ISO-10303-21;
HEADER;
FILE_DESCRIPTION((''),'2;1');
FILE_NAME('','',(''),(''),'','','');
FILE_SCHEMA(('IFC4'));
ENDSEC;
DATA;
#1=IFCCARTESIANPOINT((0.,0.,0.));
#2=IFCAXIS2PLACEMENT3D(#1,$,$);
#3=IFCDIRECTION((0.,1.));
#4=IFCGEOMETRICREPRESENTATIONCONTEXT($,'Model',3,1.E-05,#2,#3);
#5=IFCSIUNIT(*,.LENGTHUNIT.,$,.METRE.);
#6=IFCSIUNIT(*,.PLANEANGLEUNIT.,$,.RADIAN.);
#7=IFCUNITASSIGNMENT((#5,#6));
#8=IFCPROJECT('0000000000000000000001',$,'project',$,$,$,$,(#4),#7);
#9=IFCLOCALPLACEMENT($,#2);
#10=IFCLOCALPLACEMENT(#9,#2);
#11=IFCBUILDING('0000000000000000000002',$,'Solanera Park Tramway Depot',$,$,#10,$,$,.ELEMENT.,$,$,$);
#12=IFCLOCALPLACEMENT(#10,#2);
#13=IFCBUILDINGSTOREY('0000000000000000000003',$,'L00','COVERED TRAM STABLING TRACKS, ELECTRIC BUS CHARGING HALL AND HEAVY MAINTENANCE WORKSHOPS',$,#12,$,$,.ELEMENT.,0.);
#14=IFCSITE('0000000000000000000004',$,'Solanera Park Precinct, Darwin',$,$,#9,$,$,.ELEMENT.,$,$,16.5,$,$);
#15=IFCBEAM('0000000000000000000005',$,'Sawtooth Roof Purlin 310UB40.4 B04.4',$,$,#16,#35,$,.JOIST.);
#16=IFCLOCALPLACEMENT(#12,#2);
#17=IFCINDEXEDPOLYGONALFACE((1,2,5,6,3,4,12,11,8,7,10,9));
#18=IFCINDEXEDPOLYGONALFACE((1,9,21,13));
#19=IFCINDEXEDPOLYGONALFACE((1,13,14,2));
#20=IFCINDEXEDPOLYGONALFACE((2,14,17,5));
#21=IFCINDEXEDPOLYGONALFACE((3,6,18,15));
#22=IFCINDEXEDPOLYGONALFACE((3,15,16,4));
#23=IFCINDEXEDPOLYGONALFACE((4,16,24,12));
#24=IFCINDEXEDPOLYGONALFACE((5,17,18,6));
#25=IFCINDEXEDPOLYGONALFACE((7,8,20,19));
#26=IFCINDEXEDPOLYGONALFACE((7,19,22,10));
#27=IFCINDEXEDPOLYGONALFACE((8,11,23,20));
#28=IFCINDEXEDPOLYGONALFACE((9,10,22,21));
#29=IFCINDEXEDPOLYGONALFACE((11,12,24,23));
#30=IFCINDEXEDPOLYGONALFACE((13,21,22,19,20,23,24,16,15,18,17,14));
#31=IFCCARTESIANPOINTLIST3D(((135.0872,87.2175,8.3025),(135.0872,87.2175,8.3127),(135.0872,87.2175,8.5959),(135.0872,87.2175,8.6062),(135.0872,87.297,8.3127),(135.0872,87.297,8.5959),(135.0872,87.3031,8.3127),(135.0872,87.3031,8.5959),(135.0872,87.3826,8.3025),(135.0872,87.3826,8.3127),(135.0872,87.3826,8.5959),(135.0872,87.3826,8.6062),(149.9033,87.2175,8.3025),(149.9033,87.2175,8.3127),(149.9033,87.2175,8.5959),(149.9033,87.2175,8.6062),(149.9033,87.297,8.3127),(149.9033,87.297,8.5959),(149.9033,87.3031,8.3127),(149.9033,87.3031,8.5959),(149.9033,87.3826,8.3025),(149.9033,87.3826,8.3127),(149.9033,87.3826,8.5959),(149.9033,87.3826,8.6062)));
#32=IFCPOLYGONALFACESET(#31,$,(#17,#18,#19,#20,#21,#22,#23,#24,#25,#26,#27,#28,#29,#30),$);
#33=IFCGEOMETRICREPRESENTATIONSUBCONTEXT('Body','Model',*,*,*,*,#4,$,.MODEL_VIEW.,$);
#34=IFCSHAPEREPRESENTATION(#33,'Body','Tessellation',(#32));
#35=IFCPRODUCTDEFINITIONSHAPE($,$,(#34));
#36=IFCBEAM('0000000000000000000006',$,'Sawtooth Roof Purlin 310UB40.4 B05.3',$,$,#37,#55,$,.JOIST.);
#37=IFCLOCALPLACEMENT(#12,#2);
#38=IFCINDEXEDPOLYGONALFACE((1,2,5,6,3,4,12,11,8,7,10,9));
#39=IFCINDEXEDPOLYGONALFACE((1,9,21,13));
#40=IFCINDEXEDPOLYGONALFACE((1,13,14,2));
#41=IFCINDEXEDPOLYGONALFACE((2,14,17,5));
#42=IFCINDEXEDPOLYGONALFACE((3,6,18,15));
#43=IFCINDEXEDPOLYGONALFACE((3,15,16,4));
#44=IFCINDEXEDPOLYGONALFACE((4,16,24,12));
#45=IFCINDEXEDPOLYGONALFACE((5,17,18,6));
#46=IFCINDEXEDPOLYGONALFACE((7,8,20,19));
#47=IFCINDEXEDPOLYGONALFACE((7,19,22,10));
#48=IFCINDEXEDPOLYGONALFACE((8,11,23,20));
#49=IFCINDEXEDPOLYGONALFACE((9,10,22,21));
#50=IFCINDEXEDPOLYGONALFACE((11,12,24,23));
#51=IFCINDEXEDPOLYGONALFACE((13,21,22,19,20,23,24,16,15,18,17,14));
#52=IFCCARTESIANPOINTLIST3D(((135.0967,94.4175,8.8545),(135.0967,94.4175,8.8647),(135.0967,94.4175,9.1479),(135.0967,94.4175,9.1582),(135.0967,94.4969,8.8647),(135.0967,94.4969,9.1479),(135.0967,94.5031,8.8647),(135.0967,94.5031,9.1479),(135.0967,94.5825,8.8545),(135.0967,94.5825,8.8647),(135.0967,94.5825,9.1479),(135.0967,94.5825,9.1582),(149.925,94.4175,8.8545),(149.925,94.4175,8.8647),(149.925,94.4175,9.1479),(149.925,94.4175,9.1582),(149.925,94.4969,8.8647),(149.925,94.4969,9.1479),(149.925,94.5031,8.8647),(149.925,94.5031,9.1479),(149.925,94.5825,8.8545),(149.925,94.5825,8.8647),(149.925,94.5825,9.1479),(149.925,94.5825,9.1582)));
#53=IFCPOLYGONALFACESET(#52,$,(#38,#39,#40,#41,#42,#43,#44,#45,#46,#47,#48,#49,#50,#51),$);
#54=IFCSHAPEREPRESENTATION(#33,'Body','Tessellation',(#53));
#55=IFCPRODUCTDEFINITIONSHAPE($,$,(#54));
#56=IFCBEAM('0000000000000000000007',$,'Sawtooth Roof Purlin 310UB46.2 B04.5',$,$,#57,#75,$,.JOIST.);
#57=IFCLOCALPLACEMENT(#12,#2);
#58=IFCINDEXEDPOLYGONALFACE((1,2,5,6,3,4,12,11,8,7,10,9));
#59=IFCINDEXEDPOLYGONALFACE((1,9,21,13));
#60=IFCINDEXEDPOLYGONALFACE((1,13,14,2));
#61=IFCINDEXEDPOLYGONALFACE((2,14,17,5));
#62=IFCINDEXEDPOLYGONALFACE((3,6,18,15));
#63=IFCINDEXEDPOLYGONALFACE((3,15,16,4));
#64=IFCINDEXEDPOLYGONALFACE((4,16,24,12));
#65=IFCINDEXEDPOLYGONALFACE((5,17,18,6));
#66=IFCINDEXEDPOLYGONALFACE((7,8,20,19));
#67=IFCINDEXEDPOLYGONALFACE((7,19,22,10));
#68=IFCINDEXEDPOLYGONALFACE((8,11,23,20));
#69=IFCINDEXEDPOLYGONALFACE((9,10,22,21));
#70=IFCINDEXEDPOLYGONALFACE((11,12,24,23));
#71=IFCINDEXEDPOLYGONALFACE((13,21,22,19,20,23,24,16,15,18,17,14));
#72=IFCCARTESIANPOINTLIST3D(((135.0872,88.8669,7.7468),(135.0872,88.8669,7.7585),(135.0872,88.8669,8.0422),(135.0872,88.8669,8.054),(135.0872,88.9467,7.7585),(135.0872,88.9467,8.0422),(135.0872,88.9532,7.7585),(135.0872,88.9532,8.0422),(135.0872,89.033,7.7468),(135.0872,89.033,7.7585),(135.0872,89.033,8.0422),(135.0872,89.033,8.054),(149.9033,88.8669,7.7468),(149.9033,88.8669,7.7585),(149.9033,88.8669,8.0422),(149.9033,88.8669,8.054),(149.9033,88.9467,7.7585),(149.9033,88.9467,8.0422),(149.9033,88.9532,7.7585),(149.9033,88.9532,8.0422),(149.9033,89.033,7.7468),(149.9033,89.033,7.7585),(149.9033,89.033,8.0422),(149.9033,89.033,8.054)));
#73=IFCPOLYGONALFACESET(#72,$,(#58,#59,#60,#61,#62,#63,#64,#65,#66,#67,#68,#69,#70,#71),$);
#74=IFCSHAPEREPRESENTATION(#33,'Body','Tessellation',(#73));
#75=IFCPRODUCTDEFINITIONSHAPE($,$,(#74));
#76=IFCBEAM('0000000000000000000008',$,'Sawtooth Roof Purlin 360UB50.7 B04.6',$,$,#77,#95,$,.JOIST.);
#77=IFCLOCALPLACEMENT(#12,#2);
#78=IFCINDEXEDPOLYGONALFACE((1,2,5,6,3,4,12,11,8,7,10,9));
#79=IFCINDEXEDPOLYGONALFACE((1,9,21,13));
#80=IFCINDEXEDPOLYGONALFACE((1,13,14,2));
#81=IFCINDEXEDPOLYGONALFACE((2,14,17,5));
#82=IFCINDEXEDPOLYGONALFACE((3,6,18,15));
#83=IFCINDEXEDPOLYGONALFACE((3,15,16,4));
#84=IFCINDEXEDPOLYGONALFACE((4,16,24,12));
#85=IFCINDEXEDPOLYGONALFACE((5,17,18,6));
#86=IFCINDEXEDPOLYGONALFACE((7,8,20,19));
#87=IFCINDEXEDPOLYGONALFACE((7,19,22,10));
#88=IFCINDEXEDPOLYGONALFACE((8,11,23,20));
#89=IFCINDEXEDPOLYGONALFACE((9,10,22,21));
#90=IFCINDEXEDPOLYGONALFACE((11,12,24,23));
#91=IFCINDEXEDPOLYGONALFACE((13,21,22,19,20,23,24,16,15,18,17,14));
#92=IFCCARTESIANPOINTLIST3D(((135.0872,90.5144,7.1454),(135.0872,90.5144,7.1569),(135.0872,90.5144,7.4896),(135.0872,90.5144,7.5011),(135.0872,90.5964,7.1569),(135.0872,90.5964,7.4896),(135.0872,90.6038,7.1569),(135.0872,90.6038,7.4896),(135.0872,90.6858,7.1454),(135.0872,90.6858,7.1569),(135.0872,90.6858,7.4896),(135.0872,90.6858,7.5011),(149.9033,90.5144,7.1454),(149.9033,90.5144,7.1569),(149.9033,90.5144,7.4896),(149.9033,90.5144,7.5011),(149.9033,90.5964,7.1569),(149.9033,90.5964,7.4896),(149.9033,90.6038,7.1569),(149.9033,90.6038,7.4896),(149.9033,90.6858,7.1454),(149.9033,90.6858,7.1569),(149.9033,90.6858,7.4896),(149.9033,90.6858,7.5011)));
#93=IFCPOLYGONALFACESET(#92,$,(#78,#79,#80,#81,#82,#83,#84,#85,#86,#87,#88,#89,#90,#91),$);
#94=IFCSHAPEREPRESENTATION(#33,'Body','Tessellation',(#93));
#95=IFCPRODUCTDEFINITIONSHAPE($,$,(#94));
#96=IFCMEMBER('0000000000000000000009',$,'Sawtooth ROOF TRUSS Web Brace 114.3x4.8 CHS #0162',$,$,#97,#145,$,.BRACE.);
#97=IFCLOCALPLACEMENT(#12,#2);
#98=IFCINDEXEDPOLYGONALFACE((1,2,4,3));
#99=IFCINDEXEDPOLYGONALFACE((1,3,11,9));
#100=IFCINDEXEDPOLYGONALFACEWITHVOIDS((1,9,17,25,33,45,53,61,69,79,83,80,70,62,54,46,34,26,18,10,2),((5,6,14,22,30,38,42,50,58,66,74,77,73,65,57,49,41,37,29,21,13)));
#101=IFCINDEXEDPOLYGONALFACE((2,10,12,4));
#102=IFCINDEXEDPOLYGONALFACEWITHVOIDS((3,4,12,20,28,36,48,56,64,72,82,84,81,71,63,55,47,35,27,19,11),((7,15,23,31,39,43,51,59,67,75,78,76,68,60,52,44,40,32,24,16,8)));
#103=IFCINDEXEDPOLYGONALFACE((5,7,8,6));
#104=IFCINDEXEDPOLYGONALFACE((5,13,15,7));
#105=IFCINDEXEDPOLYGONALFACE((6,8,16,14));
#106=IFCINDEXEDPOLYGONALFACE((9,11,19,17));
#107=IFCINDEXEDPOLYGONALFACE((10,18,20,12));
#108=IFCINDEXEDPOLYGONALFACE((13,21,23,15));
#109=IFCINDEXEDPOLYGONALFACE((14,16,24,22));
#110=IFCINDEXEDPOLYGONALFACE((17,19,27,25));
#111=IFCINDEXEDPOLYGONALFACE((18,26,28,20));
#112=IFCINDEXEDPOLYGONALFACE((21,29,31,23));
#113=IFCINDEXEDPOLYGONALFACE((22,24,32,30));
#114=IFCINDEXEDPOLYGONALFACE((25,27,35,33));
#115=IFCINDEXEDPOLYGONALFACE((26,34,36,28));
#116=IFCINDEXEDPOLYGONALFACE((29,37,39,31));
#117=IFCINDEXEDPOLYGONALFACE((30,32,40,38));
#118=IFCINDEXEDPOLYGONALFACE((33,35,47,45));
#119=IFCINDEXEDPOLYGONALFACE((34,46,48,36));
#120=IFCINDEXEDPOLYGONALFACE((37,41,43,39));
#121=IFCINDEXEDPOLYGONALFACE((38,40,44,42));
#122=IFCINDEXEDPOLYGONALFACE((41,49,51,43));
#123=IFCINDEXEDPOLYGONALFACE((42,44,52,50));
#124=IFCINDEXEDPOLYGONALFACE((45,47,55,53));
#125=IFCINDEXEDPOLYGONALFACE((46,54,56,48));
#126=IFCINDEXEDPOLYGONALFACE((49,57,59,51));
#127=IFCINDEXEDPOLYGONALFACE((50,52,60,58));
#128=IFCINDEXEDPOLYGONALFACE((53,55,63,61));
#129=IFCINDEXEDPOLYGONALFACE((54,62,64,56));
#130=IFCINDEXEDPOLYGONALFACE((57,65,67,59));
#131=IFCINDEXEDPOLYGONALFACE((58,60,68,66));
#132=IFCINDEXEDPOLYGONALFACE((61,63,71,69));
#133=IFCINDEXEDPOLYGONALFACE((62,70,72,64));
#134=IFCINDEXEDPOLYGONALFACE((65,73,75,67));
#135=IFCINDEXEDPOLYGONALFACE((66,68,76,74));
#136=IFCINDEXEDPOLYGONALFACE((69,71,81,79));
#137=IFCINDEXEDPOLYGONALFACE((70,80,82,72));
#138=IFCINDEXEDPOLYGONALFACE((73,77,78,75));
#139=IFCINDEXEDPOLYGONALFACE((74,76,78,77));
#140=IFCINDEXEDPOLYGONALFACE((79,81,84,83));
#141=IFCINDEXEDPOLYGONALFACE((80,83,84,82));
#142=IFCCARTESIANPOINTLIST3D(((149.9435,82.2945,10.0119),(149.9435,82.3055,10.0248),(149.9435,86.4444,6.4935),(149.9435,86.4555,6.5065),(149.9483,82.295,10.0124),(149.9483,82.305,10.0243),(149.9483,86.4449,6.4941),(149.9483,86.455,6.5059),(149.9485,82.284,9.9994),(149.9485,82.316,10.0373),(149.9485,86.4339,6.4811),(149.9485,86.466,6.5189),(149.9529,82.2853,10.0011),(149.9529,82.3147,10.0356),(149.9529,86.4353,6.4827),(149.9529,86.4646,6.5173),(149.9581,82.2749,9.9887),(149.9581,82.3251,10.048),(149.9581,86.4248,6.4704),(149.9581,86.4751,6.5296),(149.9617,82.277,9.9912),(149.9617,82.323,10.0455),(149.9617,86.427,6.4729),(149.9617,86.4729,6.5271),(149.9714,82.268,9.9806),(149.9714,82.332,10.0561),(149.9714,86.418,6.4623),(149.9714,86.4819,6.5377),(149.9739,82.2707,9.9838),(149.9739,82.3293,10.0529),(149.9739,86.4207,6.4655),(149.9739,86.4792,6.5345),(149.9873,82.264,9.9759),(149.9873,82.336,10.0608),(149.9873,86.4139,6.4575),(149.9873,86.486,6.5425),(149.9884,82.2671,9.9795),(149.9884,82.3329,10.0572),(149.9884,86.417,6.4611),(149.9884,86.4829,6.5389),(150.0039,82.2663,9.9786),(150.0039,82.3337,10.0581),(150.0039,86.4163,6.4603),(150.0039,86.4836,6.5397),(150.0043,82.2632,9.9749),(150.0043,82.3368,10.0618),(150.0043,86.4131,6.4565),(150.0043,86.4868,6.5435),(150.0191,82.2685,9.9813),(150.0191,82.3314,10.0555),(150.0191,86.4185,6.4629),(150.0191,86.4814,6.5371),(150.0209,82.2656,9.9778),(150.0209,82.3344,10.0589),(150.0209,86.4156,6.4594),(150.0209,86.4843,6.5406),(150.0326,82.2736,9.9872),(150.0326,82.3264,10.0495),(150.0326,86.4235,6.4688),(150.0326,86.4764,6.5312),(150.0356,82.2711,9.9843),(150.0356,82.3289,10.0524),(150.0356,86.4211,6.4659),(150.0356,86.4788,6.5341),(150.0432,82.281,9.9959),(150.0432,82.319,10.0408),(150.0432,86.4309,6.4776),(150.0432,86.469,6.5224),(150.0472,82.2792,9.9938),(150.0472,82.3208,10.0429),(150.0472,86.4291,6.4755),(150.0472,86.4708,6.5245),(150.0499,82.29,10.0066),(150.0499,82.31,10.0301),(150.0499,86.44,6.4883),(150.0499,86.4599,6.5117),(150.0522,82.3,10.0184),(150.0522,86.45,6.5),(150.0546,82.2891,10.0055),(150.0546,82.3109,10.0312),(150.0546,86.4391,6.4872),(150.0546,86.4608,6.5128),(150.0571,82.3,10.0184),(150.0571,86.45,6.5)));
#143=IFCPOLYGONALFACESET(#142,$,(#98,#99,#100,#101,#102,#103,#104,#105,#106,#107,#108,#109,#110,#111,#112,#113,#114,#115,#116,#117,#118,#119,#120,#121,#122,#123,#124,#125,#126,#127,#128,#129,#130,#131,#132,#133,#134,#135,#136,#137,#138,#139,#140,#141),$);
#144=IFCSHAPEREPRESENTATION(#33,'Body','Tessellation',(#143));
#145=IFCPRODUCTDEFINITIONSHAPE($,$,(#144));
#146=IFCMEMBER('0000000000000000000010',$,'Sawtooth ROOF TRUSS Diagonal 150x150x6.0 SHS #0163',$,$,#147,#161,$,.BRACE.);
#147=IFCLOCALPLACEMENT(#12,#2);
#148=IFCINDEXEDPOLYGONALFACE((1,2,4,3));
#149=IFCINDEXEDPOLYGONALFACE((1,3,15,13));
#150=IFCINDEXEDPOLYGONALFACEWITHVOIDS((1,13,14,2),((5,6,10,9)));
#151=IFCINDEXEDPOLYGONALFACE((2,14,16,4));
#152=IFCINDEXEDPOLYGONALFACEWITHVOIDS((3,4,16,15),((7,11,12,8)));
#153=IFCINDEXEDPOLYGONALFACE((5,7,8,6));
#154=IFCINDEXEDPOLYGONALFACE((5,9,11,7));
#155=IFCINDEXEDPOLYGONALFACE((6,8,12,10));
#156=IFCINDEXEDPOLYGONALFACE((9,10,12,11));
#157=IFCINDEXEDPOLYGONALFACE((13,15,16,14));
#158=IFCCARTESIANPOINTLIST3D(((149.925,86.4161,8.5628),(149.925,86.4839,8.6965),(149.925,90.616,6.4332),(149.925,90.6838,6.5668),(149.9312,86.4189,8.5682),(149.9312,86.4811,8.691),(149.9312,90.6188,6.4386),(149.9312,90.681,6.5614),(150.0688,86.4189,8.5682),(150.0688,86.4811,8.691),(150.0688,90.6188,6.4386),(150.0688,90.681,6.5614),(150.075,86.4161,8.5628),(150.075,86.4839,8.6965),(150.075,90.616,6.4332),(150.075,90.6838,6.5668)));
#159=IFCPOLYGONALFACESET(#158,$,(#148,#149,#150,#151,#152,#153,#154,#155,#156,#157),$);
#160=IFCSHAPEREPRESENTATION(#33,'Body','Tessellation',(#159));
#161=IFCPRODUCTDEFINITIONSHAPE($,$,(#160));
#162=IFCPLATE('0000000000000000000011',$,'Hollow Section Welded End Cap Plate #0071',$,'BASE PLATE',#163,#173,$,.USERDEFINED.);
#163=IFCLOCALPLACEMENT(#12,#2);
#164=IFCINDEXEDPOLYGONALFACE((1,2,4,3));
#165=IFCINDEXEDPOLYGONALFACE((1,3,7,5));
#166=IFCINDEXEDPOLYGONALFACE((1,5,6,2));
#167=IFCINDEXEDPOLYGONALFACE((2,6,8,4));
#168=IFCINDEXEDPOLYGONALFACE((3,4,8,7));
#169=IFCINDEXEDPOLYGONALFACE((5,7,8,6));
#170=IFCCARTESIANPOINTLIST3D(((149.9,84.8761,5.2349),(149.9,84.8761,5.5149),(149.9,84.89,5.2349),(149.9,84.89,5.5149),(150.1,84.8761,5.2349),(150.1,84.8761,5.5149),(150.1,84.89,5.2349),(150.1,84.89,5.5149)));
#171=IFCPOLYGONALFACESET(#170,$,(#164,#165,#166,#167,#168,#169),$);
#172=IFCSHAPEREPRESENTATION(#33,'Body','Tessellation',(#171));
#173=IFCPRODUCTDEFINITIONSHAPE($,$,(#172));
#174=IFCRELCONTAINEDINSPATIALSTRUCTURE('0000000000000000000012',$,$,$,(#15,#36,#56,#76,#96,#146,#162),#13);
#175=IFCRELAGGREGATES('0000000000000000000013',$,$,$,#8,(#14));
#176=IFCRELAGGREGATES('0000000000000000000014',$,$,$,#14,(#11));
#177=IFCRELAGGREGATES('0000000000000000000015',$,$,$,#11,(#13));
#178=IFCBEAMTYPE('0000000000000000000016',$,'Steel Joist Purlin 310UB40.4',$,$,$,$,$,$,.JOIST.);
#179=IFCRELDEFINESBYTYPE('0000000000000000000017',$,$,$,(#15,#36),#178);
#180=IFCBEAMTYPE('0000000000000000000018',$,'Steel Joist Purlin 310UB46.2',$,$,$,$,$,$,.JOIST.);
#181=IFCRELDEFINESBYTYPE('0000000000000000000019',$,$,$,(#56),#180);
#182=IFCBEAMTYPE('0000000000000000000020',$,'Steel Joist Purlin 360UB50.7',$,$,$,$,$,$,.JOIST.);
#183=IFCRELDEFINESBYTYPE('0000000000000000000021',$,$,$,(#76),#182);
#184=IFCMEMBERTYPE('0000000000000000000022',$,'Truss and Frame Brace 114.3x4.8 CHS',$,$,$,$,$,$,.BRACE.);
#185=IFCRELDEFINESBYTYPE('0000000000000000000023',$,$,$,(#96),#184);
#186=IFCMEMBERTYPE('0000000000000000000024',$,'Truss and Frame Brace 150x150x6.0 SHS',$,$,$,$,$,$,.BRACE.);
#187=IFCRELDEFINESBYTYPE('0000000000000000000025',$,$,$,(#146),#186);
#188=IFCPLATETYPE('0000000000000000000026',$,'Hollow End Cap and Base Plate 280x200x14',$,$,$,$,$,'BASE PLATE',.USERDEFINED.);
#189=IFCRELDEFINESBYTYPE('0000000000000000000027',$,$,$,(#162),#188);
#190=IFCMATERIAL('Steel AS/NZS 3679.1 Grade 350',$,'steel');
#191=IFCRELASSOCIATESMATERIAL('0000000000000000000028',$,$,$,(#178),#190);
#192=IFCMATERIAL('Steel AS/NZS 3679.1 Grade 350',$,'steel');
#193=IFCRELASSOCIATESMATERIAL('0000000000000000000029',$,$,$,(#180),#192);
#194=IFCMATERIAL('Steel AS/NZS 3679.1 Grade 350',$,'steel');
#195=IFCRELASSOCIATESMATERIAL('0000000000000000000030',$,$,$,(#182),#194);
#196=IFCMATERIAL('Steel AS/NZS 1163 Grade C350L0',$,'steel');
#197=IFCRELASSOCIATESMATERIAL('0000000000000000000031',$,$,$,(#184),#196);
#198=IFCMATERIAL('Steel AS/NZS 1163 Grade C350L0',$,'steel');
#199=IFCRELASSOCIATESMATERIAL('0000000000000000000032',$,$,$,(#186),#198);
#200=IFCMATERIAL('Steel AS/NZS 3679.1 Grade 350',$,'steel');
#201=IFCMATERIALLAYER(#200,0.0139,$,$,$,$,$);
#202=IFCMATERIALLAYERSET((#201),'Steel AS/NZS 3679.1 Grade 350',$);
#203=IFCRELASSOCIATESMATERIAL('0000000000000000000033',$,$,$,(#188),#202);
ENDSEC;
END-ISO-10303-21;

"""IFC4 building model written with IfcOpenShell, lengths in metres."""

from ifc_helpers import new_model, si_unit, direction, frame, origin, origin_2d, place, context, subcontext, project, spatial, rectangle, hollow_rectangle, hollow_circle, i_section, extrude, material, layer, layer_set, material_profile, profile_set, type_object, element, save


model = new_model("IFC4")

# Units and contexts
model_context = context("Model", 3, precision=1e-05, world=origin(), true_north=direction((0.0, 1.0)))
body_context = subcontext(model_context, "Body", "Model", "MODEL_VIEW")
ifc_project = project(units=[si_unit("LENGTHUNIT", "METRE"), si_unit("PLANEANGLEUNIT", "RADIAN")], contexts=[model_context])

# Site, building, storey
site_placement = place(None, origin())
site = spatial("IfcSite", under=ifc_project, at=site_placement, Name="Solanera Park Precinct, Darwin", CompositionType="ELEMENT", RefElevation=16.5)
building_placement = place(site_placement, origin())
building = spatial("IfcBuilding", under=site, at=building_placement, Name="Solanera Park Tramway Depot", CompositionType="ELEMENT")
storey_placement = place(building_placement, origin())
storey = spatial("IfcBuildingStorey", under=building, at=storey_placement, Name="L00", Description="COVERED TRAM STABLING TRACKS, ELECTRIC BUS CHARGING HALL AND HEAVY MAINTENANCE WORKSHOPS", CompositionType="ELEMENT", Elevation=0.0)

# Beams
ifc_material_1 = material(Name="Steel AS/NZS 3679.1 Grade 350", Category="steel")
ifc_material_profile_1 = material_profile(ifc_material_1, i_section(OverallWidth=0.165, OverallDepth=0.3037, WebThickness=0.0061, FlangeThickness=0.0103, at=origin_2d()), Name="310UB40.4")
ifc_profile_set_1 = profile_set([ifc_material_profile_1], Name="Steel AS/NZS 3679.1 Grade 350")
beam_type_1 = type_object("IfcBeamType", Name="Steel Joist Purlin 310UB40.4", PredefinedType="JOIST", material=ifc_profile_set_1)
beam_1_placement = place(storey_placement, frame((135.0872, 87.3, 8.4543), z_axis=(1.0, 0.0, 0.0), x_axis=(0.0, 1.0, 0.0)))
element("IfcBeam", 1, at=beam_1_placement, inside=storey, type_object=beam_type_1, Name="Sawtooth Roof Purlin 310UB40.4 B04.4", PredefinedType="JOIST", context=body_context, shape_type="SweptSolid", body=[
    extrude(i_section(OverallWidth=0.165, OverallDepth=0.3037, WebThickness=0.0061, FlangeThickness=0.0103, at=origin_2d()), origin(), (0.0, 0.0, 1.0), 14.8162),
])
beam_2_placement = place(storey_placement, frame((135.0967, 94.5, 9.0063), z_axis=(1.0, 0.0, 0.0), x_axis=(0.0, 1.0, 0.0)))
element("IfcBeam", 2, at=beam_2_placement, inside=storey, type_object=beam_type_1, Name="Sawtooth Roof Purlin 310UB40.4 B05.3", PredefinedType="JOIST", context=body_context, shape_type="SweptSolid", body=[
    extrude(i_section(OverallWidth=0.165, OverallDepth=0.3037, WebThickness=0.0061, FlangeThickness=0.0103, at=origin_2d()), origin(), (0.0, 0.0, 1.0), 14.8284),
])
ifc_material_2 = material(Name="Steel AS/NZS 3679.1 Grade 350", Category="steel")
ifc_material_profile_2 = material_profile(ifc_material_2, i_section(OverallWidth=0.166, OverallDepth=0.3071, WebThickness=0.0066, FlangeThickness=0.0117, at=origin_2d()), Name="310UB46.2")
ifc_profile_set_2 = profile_set([ifc_material_profile_2], Name="Steel AS/NZS 3679.1 Grade 350")
beam_type_2 = type_object("IfcBeamType", Name="Steel Joist Purlin 310UB46.2", PredefinedType="JOIST", material=ifc_profile_set_2)
beam_3_placement = place(storey_placement, frame((135.0872, 88.95, 7.9004), z_axis=(1.0, 0.0, 0.0), x_axis=(0.0, 1.0, 0.0)))
element("IfcBeam", 3, at=beam_3_placement, inside=storey, type_object=beam_type_2, Name="Sawtooth Roof Purlin 310UB46.2 B04.5", PredefinedType="JOIST", context=body_context, shape_type="SweptSolid", body=[
    extrude(i_section(OverallWidth=0.166, OverallDepth=0.3071, WebThickness=0.0066, FlangeThickness=0.0117, at=origin_2d()), origin(), (0.0, 0.0, 1.0), 14.8162),
])
ifc_material_3 = material(Name="Steel AS/NZS 3679.1 Grade 350", Category="steel")
ifc_material_profile_3 = material_profile(ifc_material_3, i_section(OverallWidth=0.1714, OverallDepth=0.3557, WebThickness=0.0073, FlangeThickness=0.0115, at=origin_2d()), Name="360UB50.7")
ifc_profile_set_3 = profile_set([ifc_material_profile_3], Name="Steel AS/NZS 3679.1 Grade 350")
beam_type_3 = type_object("IfcBeamType", Name="Steel Joist Purlin 360UB50.7", PredefinedType="JOIST", material=ifc_profile_set_3)
beam_4_placement = place(storey_placement, frame((135.0872, 90.6001, 7.3232), z_axis=(1.0, 0.0, 0.0), x_axis=(0.0, 1.0, 0.0)))
element("IfcBeam", 4, at=beam_4_placement, inside=storey, type_object=beam_type_3, Name="Sawtooth Roof Purlin 360UB50.7 B04.6", PredefinedType="JOIST", context=body_context, shape_type="SweptSolid", body=[
    extrude(i_section(OverallWidth=0.1714, OverallDepth=0.3557, WebThickness=0.0073, FlangeThickness=0.0115, at=origin_2d()), origin(), (0.0, 0.0, 1.0), 14.8162),
])

# Members
ifc_material_4 = material(Name="Steel AS/NZS 1163 Grade C350L0", Category="steel")
ifc_material_profile_4 = material_profile(ifc_material_4, hollow_circle(Radius=0.0571, WallThickness=0.0049, at=origin_2d()), Name="114.3x4.8 CHS")
ifc_profile_set_4 = profile_set([ifc_material_profile_4], Name="Steel AS/NZS 1163 Grade C350L0")
member_type_1 = type_object("IfcMemberType", Name="Truss and Frame Brace 114.3x4.8 CHS", PredefinedType="BRACE", material=ifc_profile_set_4)
member_1_placement = place(storey_placement, frame((150.0, 86.45, 6.5), z_axis=(0.0, -0.762765, 0.646676), x_axis=(1.0, 0.0, 0.0)))
element("IfcMember", 5, at=member_1_placement, inside=storey, type_object=member_type_1, Name="Sawtooth ROOF TRUSS Web Brace 114.3x4.8 CHS #0162", PredefinedType="BRACE", context=body_context, shape_type="SweptSolid", body=[
    extrude(hollow_circle(Radius=0.0571, WallThickness=0.0049, at=origin_2d()), origin(), (0.0, 0.0, 1.0), 5.4407),
])
ifc_material_5 = material(Name="Steel AS/NZS 1163 Grade C350L0", Category="steel")
ifc_material_profile_5 = material_profile(ifc_material_5, hollow_rectangle(XDim=0.1499, YDim=0.1499, WallThickness=0.0061, at=origin_2d()), Name="150x150x6.0 SHS")
ifc_profile_set_5 = profile_set([ifc_material_profile_5], Name="Steel AS/NZS 1163 Grade C350L0")
member_type_2 = type_object("IfcMemberType", Name="Truss and Frame Brace 150x150x6.0 SHS", PredefinedType="BRACE", material=ifc_profile_set_5)
member_2_placement = place(storey_placement, frame((150.0, 90.6499, 6.5), z_axis=(0.0, -0.891893, 0.452246), x_axis=(1.0, 0.0, 0.0)))
element("IfcMember", 6, at=member_2_placement, inside=storey, type_object=member_type_2, Name="Sawtooth ROOF TRUSS Diagonal 150x150x6.0 SHS #0163", PredefinedType="BRACE", context=body_context, shape_type="SweptSolid", body=[
    extrude(hollow_rectangle(XDim=0.1499, YDim=0.1499, WallThickness=0.0061, at=origin_2d()), origin(), (0.0, 0.0, 1.0), 4.709),
])

# Plate
ifc_material_6 = material(Name="Steel AS/NZS 3679.1 Grade 350", Category="steel")
ifc_layer_1 = layer(ifc_material_6, 0.0139)
ifc_layer_set_1 = layer_set([ifc_layer_1], Name="Steel AS/NZS 3679.1 Grade 350")
plate_type_1 = type_object("IfcPlateType", Name="Hollow End Cap and Base Plate 280x200x14", ElementType="BASE PLATE", PredefinedType="USERDEFINED", material=ifc_layer_set_1)
plate_1_placement = place(storey_placement, frame((150.0, 84.8831, 5.2349), z_axis=(0.0, 0.0, 1.0), x_axis=(0.0, 1.0, 0.0)))
element("IfcPlate", 7, at=plate_1_placement, inside=storey, type_object=plate_type_1, Name="Hollow Section Welded End Cap Plate #0071", ObjectType="BASE PLATE", PredefinedType="USERDEFINED", context=body_context, shape_type="SweptSolid", body=[
    extrude(rectangle(XDim=0.0139, YDim=0.2, at=origin_2d()), origin(), (0.0, 0.0, 1.0), 0.28),
])

save(model, "model.ifc")
